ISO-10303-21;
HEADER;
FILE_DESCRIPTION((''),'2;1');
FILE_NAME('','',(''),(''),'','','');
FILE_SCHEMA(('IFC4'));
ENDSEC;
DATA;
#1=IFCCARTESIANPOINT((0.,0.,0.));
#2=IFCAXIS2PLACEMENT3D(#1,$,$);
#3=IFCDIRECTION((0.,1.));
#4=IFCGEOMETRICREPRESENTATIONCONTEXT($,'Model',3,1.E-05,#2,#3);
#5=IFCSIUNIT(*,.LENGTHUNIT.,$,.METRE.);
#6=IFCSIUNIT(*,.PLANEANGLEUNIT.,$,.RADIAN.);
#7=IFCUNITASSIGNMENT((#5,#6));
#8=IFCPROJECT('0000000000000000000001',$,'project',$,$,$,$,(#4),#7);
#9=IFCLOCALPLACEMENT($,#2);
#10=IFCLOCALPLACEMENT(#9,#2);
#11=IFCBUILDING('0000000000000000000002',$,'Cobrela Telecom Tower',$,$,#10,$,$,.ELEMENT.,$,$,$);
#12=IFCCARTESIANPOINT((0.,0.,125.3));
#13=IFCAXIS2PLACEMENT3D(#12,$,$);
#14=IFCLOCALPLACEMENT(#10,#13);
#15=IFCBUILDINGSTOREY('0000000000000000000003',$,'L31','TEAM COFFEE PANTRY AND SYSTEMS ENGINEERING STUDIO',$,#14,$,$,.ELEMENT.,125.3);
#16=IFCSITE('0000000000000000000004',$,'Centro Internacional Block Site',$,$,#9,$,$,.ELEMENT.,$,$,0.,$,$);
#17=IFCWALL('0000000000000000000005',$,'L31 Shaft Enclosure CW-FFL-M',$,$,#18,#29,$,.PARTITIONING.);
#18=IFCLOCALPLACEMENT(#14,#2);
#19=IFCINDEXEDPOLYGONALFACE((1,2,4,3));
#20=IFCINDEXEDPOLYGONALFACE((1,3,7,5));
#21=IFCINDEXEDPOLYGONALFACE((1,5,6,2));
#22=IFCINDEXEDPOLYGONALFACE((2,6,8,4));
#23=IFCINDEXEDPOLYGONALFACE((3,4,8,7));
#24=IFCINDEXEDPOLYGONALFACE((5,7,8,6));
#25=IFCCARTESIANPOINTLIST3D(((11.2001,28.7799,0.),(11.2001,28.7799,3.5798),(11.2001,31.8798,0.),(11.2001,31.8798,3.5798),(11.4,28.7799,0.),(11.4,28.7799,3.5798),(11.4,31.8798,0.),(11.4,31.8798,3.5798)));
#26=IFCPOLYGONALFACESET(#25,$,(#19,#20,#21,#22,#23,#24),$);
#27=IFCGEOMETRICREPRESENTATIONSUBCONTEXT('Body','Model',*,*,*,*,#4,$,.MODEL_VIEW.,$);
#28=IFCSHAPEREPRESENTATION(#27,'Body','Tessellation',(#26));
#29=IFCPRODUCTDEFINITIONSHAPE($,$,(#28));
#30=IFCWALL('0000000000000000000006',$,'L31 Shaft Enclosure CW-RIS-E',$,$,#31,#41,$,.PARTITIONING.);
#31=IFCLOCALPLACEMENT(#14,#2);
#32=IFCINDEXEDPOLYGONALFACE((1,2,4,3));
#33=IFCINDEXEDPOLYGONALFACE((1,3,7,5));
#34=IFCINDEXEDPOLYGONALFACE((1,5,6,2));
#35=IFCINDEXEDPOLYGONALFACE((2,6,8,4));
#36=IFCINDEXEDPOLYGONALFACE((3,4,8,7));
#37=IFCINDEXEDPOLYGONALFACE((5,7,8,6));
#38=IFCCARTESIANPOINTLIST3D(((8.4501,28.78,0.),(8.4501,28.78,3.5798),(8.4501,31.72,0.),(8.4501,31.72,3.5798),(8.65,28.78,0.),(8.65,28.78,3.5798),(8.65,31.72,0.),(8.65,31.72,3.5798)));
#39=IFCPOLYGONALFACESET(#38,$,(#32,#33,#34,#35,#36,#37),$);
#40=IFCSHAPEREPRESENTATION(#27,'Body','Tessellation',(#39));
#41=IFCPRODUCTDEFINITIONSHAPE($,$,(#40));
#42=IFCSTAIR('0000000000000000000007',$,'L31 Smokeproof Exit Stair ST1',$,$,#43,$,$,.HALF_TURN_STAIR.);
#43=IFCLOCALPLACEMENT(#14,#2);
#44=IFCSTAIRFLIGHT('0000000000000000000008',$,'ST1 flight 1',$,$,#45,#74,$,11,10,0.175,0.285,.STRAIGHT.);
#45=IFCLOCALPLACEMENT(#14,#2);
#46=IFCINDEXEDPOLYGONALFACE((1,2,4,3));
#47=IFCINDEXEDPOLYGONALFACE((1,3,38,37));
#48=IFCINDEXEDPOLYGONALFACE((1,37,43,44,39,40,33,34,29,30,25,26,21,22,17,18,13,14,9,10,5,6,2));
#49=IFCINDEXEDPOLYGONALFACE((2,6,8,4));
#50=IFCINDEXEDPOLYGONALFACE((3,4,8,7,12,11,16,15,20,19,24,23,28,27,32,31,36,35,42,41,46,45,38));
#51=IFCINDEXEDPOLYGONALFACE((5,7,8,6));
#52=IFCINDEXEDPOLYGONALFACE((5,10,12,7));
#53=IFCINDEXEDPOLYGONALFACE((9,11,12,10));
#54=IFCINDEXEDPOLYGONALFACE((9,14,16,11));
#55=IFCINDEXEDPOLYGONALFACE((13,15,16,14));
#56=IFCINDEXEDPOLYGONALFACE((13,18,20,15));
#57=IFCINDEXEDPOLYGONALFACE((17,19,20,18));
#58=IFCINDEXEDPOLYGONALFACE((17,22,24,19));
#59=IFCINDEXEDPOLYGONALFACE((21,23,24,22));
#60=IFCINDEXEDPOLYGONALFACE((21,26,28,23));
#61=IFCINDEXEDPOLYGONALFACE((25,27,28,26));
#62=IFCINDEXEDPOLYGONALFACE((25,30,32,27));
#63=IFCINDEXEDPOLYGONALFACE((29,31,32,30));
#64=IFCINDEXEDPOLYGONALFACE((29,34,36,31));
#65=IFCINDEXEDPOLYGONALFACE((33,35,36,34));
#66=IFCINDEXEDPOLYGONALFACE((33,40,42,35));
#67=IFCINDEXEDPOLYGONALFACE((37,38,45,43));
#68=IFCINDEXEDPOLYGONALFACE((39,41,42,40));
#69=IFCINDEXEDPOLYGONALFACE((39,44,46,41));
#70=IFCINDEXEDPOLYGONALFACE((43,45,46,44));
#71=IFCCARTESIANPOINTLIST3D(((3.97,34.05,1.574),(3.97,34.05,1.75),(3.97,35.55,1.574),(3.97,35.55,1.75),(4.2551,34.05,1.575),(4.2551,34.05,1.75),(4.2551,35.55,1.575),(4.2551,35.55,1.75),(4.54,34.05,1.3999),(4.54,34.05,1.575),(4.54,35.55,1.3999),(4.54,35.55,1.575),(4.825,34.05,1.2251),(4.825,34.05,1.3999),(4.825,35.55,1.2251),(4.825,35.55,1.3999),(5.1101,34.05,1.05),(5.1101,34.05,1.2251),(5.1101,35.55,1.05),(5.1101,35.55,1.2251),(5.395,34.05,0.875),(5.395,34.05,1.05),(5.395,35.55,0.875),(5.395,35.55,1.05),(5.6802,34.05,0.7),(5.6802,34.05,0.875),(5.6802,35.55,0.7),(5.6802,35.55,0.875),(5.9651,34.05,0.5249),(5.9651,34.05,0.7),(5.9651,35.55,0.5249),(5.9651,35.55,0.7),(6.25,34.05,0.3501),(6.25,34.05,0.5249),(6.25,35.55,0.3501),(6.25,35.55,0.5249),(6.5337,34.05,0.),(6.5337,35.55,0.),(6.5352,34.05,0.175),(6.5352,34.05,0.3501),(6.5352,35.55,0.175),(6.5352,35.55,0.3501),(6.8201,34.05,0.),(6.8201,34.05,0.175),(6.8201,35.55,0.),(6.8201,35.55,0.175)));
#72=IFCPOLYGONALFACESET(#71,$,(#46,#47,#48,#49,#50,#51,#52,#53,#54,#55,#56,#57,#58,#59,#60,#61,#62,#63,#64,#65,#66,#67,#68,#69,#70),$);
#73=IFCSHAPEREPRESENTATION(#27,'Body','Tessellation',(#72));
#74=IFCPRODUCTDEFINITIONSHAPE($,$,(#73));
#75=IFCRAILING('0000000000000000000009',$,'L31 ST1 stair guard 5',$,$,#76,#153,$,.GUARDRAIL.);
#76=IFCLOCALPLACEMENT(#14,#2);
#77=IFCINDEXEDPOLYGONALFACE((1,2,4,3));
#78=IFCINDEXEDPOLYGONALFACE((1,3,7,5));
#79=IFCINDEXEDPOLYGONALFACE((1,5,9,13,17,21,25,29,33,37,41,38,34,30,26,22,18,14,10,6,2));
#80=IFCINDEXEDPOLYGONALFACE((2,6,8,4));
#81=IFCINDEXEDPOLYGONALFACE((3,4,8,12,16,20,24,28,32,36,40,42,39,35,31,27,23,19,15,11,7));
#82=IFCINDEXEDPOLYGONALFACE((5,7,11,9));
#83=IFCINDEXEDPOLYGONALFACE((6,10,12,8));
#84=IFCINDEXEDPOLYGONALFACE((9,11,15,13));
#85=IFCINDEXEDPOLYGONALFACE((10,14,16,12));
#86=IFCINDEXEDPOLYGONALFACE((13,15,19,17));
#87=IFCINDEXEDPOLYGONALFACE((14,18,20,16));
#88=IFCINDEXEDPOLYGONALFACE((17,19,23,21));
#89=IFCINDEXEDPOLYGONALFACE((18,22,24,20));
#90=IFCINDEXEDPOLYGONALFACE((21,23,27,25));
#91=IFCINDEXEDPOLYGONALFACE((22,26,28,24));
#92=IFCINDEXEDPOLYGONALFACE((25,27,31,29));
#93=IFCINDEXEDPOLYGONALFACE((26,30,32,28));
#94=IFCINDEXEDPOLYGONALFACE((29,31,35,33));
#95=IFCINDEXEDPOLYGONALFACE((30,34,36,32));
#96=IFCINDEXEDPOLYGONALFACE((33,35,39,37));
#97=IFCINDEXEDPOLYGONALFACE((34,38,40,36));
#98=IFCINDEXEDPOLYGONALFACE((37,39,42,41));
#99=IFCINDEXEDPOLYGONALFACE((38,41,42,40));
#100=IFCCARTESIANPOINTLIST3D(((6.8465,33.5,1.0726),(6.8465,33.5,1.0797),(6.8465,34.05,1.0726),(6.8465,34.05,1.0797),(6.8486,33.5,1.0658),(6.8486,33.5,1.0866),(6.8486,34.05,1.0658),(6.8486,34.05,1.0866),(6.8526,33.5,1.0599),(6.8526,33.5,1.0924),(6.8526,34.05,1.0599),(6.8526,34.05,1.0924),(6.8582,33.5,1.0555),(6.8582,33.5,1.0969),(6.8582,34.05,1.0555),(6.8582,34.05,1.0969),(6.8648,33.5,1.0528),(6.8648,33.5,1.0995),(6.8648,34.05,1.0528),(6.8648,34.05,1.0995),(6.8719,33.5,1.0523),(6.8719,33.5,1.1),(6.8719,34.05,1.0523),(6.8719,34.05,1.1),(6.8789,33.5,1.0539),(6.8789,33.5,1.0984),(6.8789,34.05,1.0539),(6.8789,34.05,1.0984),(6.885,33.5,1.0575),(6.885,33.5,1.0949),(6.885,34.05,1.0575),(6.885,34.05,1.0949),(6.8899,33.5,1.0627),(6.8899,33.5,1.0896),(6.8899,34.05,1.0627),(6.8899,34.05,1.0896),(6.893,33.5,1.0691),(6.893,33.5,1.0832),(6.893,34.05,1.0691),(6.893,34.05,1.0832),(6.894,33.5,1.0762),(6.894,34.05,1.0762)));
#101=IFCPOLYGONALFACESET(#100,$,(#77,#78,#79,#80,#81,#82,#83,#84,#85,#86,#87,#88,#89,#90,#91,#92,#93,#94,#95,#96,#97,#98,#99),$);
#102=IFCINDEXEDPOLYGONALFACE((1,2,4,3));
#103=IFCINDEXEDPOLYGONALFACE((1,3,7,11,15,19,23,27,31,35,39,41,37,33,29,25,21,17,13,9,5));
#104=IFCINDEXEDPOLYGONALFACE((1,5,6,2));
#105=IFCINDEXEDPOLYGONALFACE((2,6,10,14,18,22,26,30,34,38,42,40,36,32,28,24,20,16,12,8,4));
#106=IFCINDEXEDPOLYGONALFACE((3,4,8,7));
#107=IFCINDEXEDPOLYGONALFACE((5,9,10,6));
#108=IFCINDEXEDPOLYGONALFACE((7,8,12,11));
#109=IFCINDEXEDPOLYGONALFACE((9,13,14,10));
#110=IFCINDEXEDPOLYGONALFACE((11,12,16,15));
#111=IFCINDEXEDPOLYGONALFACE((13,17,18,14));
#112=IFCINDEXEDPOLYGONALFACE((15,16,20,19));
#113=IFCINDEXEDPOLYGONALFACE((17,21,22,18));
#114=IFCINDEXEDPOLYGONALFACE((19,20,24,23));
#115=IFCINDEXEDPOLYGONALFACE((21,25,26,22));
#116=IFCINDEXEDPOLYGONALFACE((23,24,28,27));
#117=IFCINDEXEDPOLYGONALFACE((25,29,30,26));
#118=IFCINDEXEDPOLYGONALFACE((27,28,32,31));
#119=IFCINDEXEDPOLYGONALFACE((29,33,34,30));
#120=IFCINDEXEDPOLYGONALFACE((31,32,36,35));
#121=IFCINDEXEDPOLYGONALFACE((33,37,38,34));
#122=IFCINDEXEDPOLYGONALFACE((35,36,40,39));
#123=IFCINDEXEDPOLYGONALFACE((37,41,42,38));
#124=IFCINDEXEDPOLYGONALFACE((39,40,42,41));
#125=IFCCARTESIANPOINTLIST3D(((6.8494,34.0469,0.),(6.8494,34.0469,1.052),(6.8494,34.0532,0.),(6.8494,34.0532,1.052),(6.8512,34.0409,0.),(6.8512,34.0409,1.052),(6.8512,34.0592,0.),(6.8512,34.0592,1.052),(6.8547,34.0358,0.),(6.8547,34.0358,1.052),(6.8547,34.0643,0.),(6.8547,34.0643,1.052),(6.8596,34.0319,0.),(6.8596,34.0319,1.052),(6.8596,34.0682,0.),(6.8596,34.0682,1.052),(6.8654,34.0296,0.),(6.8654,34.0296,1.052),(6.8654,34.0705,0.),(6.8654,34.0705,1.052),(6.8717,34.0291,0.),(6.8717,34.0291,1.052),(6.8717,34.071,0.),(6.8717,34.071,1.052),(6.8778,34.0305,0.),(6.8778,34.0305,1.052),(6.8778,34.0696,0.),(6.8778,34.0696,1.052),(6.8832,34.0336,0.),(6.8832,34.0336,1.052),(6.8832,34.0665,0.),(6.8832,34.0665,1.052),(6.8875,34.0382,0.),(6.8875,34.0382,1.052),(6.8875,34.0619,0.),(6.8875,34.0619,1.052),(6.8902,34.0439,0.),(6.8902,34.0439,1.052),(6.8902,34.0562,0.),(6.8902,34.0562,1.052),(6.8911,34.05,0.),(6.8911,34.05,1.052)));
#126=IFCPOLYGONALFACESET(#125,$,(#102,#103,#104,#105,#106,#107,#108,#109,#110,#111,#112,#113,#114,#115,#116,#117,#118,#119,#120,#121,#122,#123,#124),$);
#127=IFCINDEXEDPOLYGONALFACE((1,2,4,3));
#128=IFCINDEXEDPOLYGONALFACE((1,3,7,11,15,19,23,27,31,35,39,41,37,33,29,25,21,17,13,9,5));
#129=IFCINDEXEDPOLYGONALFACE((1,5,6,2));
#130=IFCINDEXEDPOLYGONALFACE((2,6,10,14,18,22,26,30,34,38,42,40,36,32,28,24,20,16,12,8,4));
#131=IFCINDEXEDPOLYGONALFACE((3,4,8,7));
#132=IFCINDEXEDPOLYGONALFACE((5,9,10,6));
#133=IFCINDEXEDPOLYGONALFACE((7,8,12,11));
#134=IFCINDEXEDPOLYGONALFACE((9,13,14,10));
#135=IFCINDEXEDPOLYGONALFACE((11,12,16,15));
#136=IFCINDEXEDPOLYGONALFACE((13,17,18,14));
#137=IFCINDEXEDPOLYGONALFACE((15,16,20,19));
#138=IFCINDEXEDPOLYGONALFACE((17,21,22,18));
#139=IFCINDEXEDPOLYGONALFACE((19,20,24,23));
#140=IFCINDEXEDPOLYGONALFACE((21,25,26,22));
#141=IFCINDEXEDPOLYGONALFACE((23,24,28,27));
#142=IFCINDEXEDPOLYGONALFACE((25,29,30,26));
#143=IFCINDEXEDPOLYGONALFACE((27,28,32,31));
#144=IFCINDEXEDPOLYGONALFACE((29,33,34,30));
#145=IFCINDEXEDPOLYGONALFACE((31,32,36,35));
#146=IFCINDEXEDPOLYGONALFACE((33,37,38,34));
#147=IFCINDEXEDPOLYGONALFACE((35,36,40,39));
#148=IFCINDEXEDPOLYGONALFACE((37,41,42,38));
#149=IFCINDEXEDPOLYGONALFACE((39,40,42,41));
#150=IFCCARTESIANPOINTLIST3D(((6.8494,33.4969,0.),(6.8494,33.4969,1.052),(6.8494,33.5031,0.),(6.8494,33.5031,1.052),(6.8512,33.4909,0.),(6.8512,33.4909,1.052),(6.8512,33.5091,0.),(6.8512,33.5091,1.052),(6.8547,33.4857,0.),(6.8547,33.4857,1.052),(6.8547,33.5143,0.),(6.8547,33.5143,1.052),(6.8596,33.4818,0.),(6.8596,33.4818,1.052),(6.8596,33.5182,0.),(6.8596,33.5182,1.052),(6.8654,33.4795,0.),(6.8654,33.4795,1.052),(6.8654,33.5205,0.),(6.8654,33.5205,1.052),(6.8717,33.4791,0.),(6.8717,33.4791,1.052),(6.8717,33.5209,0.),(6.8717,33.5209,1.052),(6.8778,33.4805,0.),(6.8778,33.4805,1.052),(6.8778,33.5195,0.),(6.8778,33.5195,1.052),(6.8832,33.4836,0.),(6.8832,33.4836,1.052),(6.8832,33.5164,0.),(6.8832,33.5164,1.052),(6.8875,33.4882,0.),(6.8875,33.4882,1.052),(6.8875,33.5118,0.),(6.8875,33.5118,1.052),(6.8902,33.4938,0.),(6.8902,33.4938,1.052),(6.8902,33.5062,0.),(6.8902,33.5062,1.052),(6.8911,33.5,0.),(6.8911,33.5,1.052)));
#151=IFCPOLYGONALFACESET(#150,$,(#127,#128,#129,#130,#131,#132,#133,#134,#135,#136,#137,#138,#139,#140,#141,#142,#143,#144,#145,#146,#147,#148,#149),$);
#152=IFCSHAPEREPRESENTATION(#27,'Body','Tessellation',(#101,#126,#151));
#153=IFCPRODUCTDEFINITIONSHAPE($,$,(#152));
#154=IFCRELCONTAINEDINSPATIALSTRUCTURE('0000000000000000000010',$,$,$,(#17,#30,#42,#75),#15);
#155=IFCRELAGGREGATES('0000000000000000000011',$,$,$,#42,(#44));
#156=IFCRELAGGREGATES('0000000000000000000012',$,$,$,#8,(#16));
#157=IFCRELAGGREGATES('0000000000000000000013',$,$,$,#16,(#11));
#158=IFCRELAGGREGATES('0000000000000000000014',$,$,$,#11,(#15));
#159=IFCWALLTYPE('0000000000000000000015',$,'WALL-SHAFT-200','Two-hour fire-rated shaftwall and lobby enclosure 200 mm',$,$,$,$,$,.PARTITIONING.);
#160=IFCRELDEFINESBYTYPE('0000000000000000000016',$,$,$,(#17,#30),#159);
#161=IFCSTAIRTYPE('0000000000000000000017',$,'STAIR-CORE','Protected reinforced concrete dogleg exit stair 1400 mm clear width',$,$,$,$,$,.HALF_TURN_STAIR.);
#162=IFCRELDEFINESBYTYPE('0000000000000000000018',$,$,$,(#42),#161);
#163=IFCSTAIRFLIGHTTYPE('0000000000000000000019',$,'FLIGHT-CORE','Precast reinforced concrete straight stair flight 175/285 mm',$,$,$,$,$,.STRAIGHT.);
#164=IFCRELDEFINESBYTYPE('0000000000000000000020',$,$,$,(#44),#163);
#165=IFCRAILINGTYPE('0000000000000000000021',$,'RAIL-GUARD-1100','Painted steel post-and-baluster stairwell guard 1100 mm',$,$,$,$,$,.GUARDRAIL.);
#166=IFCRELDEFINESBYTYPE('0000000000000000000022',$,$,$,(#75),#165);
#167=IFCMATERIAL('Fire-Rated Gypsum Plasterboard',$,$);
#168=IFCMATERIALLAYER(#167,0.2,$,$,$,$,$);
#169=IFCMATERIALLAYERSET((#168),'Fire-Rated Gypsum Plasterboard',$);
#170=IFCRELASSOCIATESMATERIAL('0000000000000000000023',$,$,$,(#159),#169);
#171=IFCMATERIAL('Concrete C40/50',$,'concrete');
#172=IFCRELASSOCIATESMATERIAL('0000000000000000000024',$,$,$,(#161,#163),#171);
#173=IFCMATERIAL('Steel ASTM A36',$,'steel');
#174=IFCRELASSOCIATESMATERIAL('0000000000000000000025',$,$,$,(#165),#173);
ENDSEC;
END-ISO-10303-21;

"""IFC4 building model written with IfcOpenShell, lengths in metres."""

from ifc_helpers import new_model, si_unit, direction, frame, frame_2d, origin, origin_2d, place, context, subcontext, project, spatial, polyline, rectangle, circle, outline, extrude, material, layer, layer_set, type_object, element, aggregate, save


model = new_model("IFC4")

# Units and contexts
model_context = context("Model", 3, precision=1e-05, world=origin(), true_north=direction((0.0, 1.0)))
body_context = subcontext(model_context, "Body", "Model", "MODEL_VIEW")
ifc_project = project(units=[si_unit("LENGTHUNIT", "METRE"), si_unit("PLANEANGLEUNIT", "RADIAN")], contexts=[model_context])

# Site, building, storey
site_placement = place(None, origin())
site = spatial("IfcSite", under=ifc_project, at=site_placement, Name="Centro Internacional Block Site", CompositionType="ELEMENT", RefElevation=0.0)
building_placement = place(site_placement, origin())
building = spatial("IfcBuilding", under=site, at=building_placement, Name="Cobrela Telecom Tower", CompositionType="ELEMENT")
storey_placement = place(building_placement, frame((0.0, 0.0, 125.3)))
storey = spatial("IfcBuildingStorey", under=building, at=storey_placement, Name="L31", Description="TEAM COFFEE PANTRY AND SYSTEMS ENGINEERING STUDIO", CompositionType="ELEMENT", Elevation=125.3)

# Shared definitions
ifc_material_1 = material(Name="Concrete C40/50", Category="concrete")

# Shared definitions
ifc_material_2 = material(Name="Steel ASTM A36", Category="steel")

# Shared definitions
ifc_material_3 = material(Name="Fire-Rated Gypsum Plasterboard")

# Shared definitions
ifc_layer_1 = layer(ifc_material_3, 0.2)
ifc_layer_set_1 = layer_set([ifc_layer_1], Name="Fire-Rated Gypsum Plasterboard")
wall_type_1 = type_object("IfcWallType", Name="WALL-SHAFT-200", Description="Two-hour fire-rated shaftwall and lobby enclosure 200 mm", PredefinedType="PARTITIONING", material=ifc_layer_set_1)

# Walls
for number, where, z_axis, x_axis, name in (
    (1, (11.3, 28.78, 0.0), (0.0, 0.0, 1.0), (0.0, 1.0, 0.0), "L31 Shaft Enclosure CW-FFL-M"),
):
    element("IfcWall", number, at=place(storey_placement, frame(where, z_axis=z_axis, x_axis=x_axis)), inside=storey, type_object=wall_type_1, Name=name, PredefinedType="PARTITIONING", context=body_context, shape_type="SweptSolid", body=[
        extrude(rectangle(XDim=3.0999, YDim=0.2, at=frame_2d((1.5498, 0.0))), origin(), (0.0, 0.0, 1.0), 3.5798),
    ])
wall_1_placement = place(storey_placement, frame((8.55, 28.78, 0.0), z_axis=(0.0, 0.0, 1.0), x_axis=(0.0, 1.0, 0.0)))
element("IfcWall", 2, at=wall_1_placement, inside=storey, type_object=wall_type_1, Name="L31 Shaft Enclosure CW-RIS-E", PredefinedType="PARTITIONING", context=body_context, shape_type="SweptSolid", body=[
    extrude(rectangle(XDim=2.9399, YDim=0.2, at=frame_2d((1.47, 0.0))), origin(), (0.0, 0.0, 1.0), 3.5798),
])

# Stair, stair flight
stair_type = type_object("IfcStairType", Name="STAIR-CORE", Description="Protected reinforced concrete dogleg exit stair 1400 mm clear width", PredefinedType="HALF_TURN_STAIR", material=ifc_material_1)
stair_placement = place(storey_placement, origin())
stair = element("IfcStair", 3, at=stair_placement, inside=storey, type_object=stair_type, Name="L31 Smokeproof Exit Stair ST1", PredefinedType="HALF_TURN_STAIR")
stair_flight_type = type_object("IfcStairFlightType", Name="FLIGHT-CORE", Description="Precast reinforced concrete straight stair flight 175/285 mm", PredefinedType="STRAIGHT", material=ifc_material_1)
stair_flight_placement = place(storey_placement, frame((6.8201, 34.8, 0.0), z_axis=(0.0, 0.0, 1.0), x_axis=(-1.0, 0.0, 0.0)))
stair_flight = element("IfcStairFlight", 4, at=stair_flight_placement, type_object=stair_flight_type, Name="ST1 flight 1", NumberOfRisers=11, NumberOfTreads=10, PredefinedType="STRAIGHT", RiserHeight=0.175, TreadLength=0.285, context=body_context, shape_type="SweptSolid", body=[
    extrude(outline(polyline([(0.0, 0.0), (0.0, 0.175), (0.2849, 0.175), (0.2849, 0.3501), (0.5701, 0.3501), (0.5701, 0.5249), (0.855, 0.5249), (0.855, 0.7), (1.1399, 0.7), (1.1399, 0.875), (1.425, 0.875), (1.425, 1.05), (1.71, 1.05), (1.71, 1.2251), (1.9951, 1.2251), (1.9951, 1.3999), (2.28, 1.3999), (2.28, 1.575), (2.5649, 1.575), (2.5649, 1.75), (2.8501, 1.75), (2.8501, 1.925), (2.8501, 1.574), (0.2864, 0.0), (0.0, 0.0)])), frame((0.0, 0.75, 0.0), z_axis=(0.0, -1.0, 0.0), x_axis=(1.0, 0.0, 0.0)), (0.0, 0.0, 1.0), 1.5),
])
aggregate(stair, [stair_flight])

# Railing
railing_type_1 = type_object("IfcRailingType", Name="RAIL-GUARD-1100", Description="Painted steel post-and-baluster stairwell guard 1100 mm", PredefinedType="GUARDRAIL", material=ifc_material_2)
railing_1_placement = place(storey_placement, frame((6.8701, 34.05, 0.0)))
element("IfcRailing", 5, at=railing_1_placement, inside=storey, type_object=railing_type_1, Name="L31 ST1 stair guard 5", PredefinedType="GUARDRAIL", context=body_context, shape_type="SweptSolid", body=[
    extrude(circle(Radius=0.0239, at=origin_2d()), frame((0.0, 0.0, 1.0762), z_axis=(0.0, -1.0, 0.0), x_axis=(1.0, 0.0, 0.0)), (0.0, 0.0, 1.0), 0.55),
    extrude(circle(Radius=0.021, at=origin_2d()), origin(), (0.0, 0.0, 1.0), 1.052),
    extrude(circle(Radius=0.021, at=origin_2d()), frame((0.0, -0.55, 0.0)), (0.0, 0.0, 1.0), 1.052),
])

save(model, "model.ifc")
